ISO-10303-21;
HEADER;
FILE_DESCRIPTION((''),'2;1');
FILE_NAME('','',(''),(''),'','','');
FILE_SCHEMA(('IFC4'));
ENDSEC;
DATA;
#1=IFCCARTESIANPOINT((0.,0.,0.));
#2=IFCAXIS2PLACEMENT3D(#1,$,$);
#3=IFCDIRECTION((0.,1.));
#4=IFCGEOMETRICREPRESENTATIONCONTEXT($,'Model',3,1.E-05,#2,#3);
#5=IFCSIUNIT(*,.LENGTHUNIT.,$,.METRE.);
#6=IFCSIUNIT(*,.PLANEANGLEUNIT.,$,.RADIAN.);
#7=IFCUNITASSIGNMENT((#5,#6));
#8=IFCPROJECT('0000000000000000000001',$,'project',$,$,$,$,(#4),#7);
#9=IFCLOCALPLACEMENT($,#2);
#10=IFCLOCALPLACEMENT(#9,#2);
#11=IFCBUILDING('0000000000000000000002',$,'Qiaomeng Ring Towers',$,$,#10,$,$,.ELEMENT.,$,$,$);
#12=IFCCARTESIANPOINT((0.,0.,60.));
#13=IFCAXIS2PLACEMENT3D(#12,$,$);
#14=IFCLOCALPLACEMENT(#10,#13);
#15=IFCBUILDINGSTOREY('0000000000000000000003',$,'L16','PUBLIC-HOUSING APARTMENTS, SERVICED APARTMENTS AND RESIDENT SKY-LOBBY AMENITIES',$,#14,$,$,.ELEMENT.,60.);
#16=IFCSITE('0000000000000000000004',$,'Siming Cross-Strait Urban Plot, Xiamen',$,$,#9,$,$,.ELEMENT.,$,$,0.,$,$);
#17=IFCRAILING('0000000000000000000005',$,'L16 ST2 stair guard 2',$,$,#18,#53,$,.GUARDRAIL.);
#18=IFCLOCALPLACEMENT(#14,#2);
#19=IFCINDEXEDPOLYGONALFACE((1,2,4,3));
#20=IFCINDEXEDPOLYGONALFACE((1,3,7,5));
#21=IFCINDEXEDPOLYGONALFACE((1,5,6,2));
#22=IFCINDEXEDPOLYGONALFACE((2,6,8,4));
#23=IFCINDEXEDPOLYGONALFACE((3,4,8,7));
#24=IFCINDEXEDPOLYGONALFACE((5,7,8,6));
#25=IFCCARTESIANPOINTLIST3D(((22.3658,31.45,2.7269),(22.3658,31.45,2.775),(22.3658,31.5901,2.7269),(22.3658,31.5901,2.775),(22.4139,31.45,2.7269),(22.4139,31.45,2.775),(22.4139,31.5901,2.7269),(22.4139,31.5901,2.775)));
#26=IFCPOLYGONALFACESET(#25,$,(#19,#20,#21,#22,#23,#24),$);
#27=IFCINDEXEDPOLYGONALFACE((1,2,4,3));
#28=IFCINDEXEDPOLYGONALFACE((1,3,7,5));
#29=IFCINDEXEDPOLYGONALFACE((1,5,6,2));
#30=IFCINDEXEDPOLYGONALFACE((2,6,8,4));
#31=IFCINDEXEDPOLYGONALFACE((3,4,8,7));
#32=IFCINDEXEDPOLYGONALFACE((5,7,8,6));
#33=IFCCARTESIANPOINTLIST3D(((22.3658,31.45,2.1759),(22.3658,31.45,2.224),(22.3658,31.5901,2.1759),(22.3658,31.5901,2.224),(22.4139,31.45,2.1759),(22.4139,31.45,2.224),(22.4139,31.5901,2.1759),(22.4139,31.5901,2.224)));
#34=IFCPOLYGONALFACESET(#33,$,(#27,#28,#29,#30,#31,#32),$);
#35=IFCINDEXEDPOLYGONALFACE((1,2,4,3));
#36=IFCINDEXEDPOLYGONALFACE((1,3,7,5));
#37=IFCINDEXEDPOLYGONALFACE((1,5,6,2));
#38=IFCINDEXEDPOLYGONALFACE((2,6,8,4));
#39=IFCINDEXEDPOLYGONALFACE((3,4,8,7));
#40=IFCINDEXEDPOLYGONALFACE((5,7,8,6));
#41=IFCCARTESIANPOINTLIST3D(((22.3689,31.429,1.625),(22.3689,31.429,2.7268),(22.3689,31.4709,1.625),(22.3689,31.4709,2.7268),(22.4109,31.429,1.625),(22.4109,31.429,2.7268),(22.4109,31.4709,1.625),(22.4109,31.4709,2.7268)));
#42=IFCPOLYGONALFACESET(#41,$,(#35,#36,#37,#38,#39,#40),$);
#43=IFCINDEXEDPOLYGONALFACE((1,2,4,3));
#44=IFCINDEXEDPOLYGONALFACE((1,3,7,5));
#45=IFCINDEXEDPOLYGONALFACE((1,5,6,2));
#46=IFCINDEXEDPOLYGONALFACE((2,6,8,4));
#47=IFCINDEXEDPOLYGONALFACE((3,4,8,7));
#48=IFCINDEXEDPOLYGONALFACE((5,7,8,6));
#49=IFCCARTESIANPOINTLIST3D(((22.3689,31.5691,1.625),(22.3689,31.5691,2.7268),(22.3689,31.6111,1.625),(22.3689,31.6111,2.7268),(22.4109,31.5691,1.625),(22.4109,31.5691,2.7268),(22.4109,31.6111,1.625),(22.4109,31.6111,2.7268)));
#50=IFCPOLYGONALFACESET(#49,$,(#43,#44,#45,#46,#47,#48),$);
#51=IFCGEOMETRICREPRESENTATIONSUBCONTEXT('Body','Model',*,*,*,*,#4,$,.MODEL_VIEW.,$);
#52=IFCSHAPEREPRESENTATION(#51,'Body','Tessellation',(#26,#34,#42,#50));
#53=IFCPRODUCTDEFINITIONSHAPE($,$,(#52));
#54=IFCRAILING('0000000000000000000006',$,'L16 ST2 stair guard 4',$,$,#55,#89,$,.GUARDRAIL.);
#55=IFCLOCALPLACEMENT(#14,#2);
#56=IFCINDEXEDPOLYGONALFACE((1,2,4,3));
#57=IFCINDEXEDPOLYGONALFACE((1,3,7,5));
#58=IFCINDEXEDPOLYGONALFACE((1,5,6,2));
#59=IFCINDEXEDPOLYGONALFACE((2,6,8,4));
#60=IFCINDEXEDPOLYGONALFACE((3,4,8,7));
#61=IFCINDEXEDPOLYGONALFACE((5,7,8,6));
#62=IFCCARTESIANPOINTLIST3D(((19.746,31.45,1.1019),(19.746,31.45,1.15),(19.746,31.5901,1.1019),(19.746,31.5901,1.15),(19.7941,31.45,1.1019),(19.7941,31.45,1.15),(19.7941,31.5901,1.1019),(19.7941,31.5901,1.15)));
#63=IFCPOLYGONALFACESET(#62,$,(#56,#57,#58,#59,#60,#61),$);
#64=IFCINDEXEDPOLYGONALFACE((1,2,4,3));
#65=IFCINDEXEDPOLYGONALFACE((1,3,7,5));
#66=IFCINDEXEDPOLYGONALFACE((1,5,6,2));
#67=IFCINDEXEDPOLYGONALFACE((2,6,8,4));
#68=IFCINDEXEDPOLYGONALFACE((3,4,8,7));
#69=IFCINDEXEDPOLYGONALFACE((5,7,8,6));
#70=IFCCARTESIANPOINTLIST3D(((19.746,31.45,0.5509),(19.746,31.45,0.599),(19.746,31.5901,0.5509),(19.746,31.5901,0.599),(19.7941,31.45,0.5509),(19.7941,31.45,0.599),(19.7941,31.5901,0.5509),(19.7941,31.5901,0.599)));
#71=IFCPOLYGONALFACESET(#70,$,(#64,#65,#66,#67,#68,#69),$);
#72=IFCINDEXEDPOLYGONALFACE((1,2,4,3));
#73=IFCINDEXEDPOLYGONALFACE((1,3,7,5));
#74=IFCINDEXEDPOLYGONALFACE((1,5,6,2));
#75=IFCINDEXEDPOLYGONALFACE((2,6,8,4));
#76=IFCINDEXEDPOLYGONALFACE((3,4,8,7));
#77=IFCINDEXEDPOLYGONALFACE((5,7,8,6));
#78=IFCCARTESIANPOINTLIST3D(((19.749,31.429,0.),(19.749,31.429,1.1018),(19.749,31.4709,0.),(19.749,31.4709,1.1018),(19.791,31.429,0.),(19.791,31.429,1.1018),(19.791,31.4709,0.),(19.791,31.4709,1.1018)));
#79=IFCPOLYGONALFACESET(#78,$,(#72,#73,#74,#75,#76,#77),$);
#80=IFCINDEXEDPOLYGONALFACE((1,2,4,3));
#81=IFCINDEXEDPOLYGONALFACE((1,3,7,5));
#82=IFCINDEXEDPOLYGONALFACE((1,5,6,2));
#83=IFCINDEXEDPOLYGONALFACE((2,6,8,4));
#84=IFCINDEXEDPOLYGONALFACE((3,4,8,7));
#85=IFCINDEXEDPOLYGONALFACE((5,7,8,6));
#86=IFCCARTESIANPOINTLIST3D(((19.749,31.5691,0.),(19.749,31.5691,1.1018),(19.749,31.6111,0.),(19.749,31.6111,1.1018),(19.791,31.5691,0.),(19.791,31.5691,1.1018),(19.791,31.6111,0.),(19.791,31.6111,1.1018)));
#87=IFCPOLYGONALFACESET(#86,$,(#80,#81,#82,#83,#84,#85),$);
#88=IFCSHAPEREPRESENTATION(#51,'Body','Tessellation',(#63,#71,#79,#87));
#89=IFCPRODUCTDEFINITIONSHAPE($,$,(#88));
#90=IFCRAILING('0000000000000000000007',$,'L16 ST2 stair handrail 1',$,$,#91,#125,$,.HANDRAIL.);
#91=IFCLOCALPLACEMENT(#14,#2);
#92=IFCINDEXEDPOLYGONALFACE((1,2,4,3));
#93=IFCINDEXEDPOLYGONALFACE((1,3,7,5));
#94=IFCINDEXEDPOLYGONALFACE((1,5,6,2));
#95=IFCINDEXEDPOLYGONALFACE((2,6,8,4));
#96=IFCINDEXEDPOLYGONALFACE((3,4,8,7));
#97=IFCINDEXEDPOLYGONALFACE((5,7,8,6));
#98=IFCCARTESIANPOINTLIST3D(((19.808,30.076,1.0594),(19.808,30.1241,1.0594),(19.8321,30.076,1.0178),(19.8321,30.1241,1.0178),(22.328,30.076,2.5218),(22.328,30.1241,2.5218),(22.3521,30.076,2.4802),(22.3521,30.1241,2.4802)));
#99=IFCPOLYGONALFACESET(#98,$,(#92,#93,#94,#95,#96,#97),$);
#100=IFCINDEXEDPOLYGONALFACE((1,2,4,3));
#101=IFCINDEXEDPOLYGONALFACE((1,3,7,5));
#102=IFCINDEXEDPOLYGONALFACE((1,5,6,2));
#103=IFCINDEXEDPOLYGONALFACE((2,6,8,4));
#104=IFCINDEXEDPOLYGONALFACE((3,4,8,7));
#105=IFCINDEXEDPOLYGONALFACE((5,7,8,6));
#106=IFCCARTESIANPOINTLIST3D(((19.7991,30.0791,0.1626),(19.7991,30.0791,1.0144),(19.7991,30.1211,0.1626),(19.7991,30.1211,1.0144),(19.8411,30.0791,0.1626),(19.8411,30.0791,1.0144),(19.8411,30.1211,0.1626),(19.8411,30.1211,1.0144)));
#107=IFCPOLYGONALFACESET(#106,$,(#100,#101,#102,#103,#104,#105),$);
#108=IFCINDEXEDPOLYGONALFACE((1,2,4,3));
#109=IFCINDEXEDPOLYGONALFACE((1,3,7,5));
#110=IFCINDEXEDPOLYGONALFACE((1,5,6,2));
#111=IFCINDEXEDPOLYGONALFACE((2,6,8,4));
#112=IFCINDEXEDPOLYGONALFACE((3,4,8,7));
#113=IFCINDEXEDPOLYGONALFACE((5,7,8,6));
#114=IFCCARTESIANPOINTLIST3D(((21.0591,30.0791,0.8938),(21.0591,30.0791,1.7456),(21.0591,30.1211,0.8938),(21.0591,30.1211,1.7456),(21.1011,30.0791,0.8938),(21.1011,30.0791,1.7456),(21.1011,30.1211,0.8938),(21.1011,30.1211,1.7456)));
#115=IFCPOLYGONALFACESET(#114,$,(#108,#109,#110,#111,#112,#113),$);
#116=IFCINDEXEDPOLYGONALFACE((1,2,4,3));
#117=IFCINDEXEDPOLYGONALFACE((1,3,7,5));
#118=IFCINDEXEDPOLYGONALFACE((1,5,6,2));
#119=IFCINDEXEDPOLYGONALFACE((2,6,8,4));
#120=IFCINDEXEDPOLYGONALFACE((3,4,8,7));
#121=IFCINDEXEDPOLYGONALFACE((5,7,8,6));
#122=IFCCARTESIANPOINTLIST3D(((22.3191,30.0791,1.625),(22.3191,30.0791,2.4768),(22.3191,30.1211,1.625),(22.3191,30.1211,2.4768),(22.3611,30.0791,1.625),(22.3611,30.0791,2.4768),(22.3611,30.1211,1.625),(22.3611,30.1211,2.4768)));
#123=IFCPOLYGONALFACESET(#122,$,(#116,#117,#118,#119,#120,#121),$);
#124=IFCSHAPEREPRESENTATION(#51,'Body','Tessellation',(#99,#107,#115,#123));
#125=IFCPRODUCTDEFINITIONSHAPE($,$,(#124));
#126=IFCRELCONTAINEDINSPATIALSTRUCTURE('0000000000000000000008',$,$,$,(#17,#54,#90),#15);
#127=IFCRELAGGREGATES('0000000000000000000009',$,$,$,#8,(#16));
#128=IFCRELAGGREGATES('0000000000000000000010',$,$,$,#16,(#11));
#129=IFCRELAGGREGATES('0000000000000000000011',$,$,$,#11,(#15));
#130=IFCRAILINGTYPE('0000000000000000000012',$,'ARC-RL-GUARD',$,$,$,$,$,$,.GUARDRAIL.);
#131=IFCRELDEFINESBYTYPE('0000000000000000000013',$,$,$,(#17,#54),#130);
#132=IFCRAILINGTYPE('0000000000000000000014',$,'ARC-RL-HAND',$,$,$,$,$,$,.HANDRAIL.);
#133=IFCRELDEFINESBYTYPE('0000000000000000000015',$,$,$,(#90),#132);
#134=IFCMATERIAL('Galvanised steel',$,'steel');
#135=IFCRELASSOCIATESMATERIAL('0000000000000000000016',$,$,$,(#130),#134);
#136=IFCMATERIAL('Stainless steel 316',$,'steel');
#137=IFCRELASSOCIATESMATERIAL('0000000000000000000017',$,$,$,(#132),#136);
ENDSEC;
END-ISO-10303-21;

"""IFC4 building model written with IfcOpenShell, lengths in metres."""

from ifc_helpers import new_model, si_unit, direction, frame, origin, origin_2d, place, context, subcontext, project, spatial, rectangle, extrude, material, type_object, element, save


model = new_model("IFC4")

# Units and contexts
model_context = context("Model", 3, precision=1e-05, world=origin(), true_north=direction((0.0, 1.0)))
body_context = subcontext(model_context, "Body", "Model", "MODEL_VIEW")
ifc_project = project(units=[si_unit("LENGTHUNIT", "METRE"), si_unit("PLANEANGLEUNIT", "RADIAN")], contexts=[model_context])

# Site, building, storey
site_placement = place(None, origin())
site = spatial("IfcSite", under=ifc_project, at=site_placement, Name="Siming Cross-Strait Urban Plot, Xiamen", CompositionType="ELEMENT", RefElevation=0.0)
building_placement = place(site_placement, origin())
building = spatial("IfcBuilding", under=site, at=building_placement, Name="Qiaomeng Ring Towers", CompositionType="ELEMENT")
storey_placement = place(building_placement, frame((0.0, 0.0, 60.0)))
storey = spatial("IfcBuildingStorey", under=building, at=storey_placement, Name="L16", Description="PUBLIC-HOUSING APARTMENTS, SERVICED APARTMENTS AND RESIDENT SKY-LOBBY AMENITIES", CompositionType="ELEMENT", Elevation=60.0)

# Shared definitions
ifc_material_1 = material(Name="Galvanised steel", Category="steel")

# Shared definitions
ifc_material_2 = material(Name="Stainless steel 316", Category="steel")

# Railings
railing_type_1 = type_object("IfcRailingType", Name="ARC-RL-GUARD", PredefinedType="GUARDRAIL", material=ifc_material_1)
for number, where, name in (
    (1, (22.3899, 31.45, 1.625), "L16 ST2 stair guard 2"),
    (2, (19.77, 31.45, 0.0), "L16 ST2 stair guard 4"),
):
    element("IfcRailing", number, at=place(storey_placement, frame(where)), inside=storey, type_object=railing_type_1, Name=name, PredefinedType="GUARDRAIL", context=body_context, shape_type="SweptSolid", body=[
        extrude(rectangle(XDim=0.0481, YDim=0.0481, at=origin_2d()), frame((0.0, 0.0, 1.126), z_axis=(0.0, 1.0, 0.0), x_axis=(-1.0, 0.0, 0.0)), (0.0, 0.0, 1.0), 0.1401),
        extrude(rectangle(XDim=0.0481, YDim=0.0481, at=origin_2d()), frame((0.0, 0.0, 0.575), z_axis=(0.0, 1.0, 0.0), x_axis=(-1.0, 0.0, 0.0)), (0.0, 0.0, 1.0), 0.1401),
        extrude(rectangle(XDim=0.042, YDim=0.042, at=origin_2d()), origin(), (0.0, 0.0, 1.0), 1.1018),
        extrude(rectangle(XDim=0.042, YDim=0.042, at=origin_2d()), frame((0.0, 0.1401, 0.0)), (0.0, 0.0, 1.0), 1.1018),
    ])
railing_type_2 = type_object("IfcRailingType", Name="ARC-RL-HAND", PredefinedType="HANDRAIL", material=ifc_material_2)
railing_1_placement = place(storey_placement, frame((19.8201, 30.1001, 0.1626)))
element("IfcRailing", 3, at=railing_1_placement, inside=storey, type_object=railing_type_2, Name="L16 ST2 stair handrail 1", PredefinedType="HANDRAIL", context=body_context, shape_type="SweptSolid", body=[
    extrude(rectangle(XDim=0.0481, YDim=0.0481, at=origin_2d()), frame((0.0, 0.0, 0.876), z_axis=(0.864913, 0.0, 0.501921), x_axis=(0.0, 1.0, 0.0)), (0.0, 0.0, 1.0), 2.9136),
    extrude(rectangle(XDim=0.042, YDim=0.042, at=origin_2d()), origin(), (0.0, 0.0, 1.0), 0.8518),
    extrude(rectangle(XDim=0.042, YDim=0.042, at=origin_2d()), frame((1.26, 0.0, 0.7312)), (0.0, 0.0, 1.0), 0.8518),
    extrude(rectangle(XDim=0.042, YDim=0.042, at=origin_2d()), frame((2.52, 0.0, 1.4624)), (0.0, 0.0, 1.0), 0.8518),
])

save(model, "model.ifc")
